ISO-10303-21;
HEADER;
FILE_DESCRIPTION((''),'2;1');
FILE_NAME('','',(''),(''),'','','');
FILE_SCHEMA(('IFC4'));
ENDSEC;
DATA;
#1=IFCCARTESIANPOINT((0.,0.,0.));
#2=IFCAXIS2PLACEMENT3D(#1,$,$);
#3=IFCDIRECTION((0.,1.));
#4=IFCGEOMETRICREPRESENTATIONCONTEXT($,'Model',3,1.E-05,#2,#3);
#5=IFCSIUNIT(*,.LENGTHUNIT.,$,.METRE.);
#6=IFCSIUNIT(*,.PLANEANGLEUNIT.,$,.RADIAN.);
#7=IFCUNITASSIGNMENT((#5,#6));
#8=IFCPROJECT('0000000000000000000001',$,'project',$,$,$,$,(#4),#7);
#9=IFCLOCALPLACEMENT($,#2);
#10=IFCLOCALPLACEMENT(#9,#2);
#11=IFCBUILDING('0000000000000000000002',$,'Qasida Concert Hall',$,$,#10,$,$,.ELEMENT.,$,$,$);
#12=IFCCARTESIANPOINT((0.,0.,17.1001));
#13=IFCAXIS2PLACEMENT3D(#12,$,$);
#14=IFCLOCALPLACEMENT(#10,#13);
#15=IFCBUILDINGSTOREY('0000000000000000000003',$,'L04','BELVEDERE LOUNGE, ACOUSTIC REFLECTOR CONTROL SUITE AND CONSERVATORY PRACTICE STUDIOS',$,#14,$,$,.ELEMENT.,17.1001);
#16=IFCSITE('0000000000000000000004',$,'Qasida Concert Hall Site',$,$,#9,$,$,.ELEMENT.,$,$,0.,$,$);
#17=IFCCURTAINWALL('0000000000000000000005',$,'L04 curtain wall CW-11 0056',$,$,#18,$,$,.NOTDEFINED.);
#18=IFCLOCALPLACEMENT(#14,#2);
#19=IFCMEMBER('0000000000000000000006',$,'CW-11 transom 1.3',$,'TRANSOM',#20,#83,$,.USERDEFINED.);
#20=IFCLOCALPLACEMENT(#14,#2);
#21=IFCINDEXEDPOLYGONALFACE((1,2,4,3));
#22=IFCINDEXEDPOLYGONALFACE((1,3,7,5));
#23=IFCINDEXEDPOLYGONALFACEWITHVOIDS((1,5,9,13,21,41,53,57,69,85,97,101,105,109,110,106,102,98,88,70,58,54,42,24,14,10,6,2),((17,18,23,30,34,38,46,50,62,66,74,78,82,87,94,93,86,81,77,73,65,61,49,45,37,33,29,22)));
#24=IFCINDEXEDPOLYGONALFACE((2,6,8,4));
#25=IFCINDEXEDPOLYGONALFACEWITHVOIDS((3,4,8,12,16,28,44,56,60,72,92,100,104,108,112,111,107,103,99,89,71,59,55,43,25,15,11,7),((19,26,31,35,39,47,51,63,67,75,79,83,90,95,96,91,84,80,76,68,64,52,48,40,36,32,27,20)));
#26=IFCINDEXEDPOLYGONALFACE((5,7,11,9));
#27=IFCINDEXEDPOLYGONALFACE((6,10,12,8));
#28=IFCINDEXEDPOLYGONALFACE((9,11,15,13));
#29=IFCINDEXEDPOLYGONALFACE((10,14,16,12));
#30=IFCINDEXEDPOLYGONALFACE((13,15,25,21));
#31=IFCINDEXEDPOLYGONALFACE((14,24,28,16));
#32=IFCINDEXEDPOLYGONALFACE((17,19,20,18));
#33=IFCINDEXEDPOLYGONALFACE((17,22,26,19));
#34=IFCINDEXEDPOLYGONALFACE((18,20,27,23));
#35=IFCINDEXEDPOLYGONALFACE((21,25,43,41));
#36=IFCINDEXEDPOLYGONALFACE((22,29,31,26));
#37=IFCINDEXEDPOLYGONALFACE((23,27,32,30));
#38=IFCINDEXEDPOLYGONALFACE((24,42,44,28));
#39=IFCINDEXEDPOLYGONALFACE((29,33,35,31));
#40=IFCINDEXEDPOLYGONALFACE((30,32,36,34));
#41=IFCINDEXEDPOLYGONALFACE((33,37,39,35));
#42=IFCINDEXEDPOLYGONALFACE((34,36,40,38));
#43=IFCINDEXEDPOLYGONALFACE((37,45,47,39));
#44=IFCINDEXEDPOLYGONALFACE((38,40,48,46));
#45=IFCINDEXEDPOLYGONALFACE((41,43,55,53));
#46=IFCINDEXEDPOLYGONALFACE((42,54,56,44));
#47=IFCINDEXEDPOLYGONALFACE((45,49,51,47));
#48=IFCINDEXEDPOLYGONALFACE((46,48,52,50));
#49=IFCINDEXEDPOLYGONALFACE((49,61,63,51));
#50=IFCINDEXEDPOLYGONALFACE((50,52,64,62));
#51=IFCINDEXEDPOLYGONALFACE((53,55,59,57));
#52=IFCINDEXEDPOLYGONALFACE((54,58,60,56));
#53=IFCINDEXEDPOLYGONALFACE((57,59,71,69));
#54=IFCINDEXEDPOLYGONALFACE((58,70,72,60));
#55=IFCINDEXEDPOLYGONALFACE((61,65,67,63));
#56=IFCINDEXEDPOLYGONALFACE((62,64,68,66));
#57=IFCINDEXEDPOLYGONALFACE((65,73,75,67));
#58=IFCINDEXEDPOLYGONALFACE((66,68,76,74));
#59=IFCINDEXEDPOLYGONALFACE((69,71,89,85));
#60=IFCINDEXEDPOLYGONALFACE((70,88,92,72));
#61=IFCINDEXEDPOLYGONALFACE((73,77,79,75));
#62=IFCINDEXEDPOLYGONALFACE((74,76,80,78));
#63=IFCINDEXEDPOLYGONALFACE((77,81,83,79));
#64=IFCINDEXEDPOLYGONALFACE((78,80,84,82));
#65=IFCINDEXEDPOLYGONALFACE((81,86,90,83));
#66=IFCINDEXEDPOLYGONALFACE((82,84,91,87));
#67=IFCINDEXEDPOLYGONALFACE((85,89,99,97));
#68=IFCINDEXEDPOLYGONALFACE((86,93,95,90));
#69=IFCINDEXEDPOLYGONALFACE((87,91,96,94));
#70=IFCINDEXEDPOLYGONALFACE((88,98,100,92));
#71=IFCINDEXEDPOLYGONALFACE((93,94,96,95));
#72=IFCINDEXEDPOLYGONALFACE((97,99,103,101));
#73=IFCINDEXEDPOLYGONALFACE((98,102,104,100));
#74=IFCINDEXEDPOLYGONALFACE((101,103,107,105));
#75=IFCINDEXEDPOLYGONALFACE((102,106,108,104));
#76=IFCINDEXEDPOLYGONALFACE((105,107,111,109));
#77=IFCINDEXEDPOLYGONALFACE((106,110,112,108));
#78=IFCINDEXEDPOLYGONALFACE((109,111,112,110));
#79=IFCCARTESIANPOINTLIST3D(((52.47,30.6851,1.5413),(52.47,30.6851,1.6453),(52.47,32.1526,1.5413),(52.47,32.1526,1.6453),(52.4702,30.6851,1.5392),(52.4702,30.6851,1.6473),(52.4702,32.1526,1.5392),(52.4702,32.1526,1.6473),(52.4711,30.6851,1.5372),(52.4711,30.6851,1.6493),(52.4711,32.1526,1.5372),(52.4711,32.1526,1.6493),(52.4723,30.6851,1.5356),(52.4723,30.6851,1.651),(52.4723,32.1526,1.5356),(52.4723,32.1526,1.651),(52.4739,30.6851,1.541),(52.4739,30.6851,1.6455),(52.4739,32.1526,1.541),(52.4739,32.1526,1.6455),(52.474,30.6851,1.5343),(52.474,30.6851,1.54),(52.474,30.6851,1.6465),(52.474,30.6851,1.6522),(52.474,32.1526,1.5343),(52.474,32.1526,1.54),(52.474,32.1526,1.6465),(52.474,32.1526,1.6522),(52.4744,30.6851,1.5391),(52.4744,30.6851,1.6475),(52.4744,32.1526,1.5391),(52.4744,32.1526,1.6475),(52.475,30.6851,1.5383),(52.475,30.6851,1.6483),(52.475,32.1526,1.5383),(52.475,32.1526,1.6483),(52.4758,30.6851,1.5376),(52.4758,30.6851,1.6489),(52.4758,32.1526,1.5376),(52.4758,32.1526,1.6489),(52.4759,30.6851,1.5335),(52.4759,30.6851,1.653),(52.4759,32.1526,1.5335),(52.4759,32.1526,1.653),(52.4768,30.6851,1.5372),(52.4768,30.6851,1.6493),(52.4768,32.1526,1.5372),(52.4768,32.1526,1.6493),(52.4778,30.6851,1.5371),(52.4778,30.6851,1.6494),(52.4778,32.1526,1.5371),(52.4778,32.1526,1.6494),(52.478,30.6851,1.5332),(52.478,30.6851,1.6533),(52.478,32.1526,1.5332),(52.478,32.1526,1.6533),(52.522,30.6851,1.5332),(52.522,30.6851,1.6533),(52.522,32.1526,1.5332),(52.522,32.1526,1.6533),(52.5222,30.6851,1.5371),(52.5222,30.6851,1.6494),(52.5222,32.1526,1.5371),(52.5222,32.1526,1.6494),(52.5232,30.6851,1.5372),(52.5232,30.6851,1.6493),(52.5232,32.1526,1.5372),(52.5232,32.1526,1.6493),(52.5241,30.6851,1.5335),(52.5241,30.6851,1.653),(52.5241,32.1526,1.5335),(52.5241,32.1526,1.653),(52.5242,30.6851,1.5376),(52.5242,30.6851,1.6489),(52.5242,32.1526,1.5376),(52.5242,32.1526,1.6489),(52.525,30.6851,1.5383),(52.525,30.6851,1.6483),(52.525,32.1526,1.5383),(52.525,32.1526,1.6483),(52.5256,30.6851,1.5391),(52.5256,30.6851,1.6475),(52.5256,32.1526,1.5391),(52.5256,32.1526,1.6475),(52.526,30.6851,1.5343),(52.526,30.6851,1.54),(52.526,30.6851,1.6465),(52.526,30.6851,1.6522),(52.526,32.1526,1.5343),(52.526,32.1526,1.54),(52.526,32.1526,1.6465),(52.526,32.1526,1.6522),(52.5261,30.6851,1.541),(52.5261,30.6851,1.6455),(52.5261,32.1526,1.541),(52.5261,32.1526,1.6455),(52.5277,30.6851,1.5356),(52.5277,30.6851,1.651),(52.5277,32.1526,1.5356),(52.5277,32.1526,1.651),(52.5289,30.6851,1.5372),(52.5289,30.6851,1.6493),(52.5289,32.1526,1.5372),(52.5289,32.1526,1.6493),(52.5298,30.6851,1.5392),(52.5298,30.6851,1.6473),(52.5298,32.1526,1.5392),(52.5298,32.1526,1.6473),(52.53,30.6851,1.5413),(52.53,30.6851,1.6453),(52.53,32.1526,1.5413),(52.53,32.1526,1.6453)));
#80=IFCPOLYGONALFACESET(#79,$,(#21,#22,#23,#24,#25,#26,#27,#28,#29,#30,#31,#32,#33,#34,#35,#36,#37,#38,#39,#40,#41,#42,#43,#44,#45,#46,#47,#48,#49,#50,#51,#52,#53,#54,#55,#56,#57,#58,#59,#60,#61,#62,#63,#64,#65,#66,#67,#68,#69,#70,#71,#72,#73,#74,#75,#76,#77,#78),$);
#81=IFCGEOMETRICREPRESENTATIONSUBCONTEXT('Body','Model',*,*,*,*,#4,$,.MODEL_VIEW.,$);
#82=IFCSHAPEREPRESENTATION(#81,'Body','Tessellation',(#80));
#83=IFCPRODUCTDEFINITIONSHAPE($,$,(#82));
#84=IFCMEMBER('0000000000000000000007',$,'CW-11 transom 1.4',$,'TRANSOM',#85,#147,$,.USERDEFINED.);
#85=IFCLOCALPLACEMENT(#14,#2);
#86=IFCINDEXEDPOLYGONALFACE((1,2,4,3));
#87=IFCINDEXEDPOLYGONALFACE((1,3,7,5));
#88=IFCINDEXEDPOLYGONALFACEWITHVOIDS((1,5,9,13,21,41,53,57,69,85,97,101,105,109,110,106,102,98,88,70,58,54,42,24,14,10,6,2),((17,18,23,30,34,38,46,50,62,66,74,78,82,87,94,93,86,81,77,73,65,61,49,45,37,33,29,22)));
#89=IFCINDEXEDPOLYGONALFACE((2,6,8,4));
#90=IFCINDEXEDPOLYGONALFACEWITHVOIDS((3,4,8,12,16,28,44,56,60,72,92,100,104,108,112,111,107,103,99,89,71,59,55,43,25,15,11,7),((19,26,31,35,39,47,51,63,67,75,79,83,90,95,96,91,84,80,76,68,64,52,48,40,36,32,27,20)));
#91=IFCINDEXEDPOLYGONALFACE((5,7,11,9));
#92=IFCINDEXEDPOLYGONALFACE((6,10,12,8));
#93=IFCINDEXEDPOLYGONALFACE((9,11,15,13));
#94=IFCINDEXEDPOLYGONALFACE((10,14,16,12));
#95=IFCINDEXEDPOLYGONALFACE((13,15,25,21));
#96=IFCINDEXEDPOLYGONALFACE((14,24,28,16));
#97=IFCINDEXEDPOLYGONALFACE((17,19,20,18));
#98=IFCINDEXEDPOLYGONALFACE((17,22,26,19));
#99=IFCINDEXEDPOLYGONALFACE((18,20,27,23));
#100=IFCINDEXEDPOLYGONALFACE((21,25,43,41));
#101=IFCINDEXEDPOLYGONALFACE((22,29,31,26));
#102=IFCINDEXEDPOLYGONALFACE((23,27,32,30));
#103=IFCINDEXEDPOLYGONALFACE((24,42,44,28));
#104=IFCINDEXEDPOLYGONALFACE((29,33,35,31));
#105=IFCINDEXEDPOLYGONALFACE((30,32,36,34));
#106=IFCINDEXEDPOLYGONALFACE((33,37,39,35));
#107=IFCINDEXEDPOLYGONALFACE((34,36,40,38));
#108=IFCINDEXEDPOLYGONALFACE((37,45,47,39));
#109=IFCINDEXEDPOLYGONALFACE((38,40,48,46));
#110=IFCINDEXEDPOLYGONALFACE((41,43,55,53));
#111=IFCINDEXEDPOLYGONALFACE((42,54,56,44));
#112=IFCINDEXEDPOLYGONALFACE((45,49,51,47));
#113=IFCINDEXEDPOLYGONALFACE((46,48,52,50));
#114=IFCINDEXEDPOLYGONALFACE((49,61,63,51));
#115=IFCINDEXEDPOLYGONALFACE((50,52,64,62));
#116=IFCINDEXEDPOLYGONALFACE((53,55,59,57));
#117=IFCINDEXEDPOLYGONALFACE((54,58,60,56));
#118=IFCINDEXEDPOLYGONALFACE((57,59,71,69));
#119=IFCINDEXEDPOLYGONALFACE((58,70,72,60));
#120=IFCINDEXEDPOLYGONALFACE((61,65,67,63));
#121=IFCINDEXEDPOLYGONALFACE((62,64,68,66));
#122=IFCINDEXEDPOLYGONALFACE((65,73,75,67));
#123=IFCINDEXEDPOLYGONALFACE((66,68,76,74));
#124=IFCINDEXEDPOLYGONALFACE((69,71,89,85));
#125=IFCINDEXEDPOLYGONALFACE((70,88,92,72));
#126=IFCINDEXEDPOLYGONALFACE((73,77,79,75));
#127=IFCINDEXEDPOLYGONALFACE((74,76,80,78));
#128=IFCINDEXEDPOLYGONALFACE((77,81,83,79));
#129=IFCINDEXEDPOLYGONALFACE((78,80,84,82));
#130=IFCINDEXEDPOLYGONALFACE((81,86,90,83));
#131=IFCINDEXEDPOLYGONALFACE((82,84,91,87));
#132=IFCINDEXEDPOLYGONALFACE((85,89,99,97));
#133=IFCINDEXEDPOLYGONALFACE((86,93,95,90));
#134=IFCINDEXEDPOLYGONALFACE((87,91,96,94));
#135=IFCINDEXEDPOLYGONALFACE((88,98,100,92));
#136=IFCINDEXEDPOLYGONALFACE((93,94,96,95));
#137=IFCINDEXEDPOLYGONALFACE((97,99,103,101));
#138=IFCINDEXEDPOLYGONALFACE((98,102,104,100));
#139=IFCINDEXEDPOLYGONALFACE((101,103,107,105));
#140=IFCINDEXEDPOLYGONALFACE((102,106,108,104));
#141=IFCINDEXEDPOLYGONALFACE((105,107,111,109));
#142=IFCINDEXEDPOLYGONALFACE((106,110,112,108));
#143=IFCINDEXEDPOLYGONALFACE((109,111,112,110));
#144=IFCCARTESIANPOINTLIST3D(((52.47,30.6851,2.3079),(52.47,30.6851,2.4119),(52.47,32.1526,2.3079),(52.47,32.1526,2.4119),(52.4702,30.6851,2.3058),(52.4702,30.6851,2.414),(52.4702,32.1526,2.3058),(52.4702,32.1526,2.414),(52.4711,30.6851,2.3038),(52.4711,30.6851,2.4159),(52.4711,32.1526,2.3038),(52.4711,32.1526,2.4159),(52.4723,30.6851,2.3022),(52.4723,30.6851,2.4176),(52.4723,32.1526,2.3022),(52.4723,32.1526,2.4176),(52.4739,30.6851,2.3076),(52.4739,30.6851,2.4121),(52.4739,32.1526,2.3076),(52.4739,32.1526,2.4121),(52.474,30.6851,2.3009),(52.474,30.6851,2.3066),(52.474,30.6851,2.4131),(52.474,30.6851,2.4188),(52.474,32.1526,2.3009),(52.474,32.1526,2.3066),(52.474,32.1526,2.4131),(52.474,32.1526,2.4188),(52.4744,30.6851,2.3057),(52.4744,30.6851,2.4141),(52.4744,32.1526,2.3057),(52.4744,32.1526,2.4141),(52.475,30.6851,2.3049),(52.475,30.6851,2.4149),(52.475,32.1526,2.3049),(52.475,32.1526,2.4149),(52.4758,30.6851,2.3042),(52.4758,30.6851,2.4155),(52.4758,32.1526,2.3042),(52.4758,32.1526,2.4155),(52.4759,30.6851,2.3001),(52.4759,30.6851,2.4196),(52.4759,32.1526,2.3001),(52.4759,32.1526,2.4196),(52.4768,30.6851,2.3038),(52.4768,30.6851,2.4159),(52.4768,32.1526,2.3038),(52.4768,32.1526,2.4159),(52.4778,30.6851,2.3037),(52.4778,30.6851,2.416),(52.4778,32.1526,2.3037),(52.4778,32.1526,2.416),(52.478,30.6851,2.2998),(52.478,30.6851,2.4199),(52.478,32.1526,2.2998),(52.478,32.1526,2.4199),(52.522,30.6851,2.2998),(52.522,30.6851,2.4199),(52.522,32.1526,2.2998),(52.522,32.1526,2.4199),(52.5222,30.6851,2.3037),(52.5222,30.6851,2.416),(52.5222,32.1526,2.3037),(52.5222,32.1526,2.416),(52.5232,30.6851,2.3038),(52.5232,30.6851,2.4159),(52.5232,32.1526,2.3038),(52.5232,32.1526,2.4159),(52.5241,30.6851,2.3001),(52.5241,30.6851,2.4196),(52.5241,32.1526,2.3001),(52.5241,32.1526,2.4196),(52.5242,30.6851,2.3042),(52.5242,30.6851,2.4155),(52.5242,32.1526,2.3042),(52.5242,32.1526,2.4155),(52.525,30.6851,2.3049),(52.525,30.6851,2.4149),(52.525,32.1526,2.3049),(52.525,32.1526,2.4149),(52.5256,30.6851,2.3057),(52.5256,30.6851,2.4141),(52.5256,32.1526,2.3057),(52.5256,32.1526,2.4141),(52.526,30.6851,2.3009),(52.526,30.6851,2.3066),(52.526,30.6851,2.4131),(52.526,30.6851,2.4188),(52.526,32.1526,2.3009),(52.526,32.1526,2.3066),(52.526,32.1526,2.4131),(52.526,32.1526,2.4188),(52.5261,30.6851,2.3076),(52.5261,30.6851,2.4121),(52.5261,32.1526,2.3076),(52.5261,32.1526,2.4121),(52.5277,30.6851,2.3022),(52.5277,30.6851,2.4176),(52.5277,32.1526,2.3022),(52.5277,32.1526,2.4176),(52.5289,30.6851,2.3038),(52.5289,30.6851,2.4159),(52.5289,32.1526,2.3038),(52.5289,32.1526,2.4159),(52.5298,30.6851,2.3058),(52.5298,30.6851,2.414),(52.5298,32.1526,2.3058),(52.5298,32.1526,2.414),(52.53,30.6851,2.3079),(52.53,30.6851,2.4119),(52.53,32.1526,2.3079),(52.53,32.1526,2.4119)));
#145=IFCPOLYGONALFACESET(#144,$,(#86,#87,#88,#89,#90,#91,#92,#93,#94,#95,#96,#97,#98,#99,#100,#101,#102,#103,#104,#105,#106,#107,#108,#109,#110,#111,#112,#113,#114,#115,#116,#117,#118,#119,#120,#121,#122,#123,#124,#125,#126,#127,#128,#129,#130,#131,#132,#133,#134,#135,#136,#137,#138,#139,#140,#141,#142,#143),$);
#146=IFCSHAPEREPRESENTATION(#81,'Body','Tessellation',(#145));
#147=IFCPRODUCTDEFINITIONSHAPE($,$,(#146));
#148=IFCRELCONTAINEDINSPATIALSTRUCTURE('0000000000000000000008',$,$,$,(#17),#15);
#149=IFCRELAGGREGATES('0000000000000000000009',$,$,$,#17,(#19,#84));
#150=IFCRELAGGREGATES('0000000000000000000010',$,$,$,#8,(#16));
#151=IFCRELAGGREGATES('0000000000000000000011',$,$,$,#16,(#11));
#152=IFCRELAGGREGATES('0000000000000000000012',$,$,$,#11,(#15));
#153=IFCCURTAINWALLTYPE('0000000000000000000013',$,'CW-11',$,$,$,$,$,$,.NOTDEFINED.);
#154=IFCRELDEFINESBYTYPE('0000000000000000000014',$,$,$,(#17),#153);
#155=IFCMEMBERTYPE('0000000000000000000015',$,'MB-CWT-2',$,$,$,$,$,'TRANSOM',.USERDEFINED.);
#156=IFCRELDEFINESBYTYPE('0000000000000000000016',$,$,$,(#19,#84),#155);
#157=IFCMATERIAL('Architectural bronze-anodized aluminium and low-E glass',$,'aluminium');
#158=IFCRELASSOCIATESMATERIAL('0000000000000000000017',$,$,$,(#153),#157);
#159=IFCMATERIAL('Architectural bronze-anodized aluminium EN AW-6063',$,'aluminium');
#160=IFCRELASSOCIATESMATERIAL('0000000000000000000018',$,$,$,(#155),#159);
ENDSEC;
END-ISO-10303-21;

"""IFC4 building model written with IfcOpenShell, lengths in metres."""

from ifc_helpers import new_model, si_unit, direction, frame, origin, origin_2d, place, context, subcontext, project, spatial, hollow_rectangle, extrude, material, material_profile, profile_set, type_object, element, aggregate, save


model = new_model("IFC4")

# Units and contexts
model_context = context("Model", 3, precision=1e-05, world=origin(), true_north=direction((0.0, 1.0)))
body_context = subcontext(model_context, "Body", "Model", "MODEL_VIEW")
ifc_project = project(units=[si_unit("LENGTHUNIT", "METRE"), si_unit("PLANEANGLEUNIT", "RADIAN")], contexts=[model_context])

# Site, building, storey
site_placement = place(None, origin())
site = spatial("IfcSite", under=ifc_project, at=site_placement, Name="Qasida Concert Hall Site", CompositionType="ELEMENT", RefElevation=0.0)
building_placement = place(site_placement, origin())
building = spatial("IfcBuilding", under=site, at=building_placement, Name="Qasida Concert Hall", CompositionType="ELEMENT")
storey_placement = place(building_placement, frame((0.0, 0.0, 17.1001)))
storey = spatial("IfcBuildingStorey", under=building, at=storey_placement, Name="L04", Description="BELVEDERE LOUNGE, ACOUSTIC REFLECTOR CONTROL SUITE AND CONSERVATORY PRACTICE STUDIOS", CompositionType="ELEMENT", Elevation=17.1001)

# Curtain wall, members
ifc_material_1 = material(Name="Architectural bronze-anodized aluminium and low-E glass", Category="aluminium")
curtain_wall_type = type_object("IfcCurtainWallType", Name="CW-11", PredefinedType="NOTDEFINED", material=ifc_material_1)
curtain_wall_placement = place(storey_placement, origin())
curtain_wall = element("IfcCurtainWall", 1, at=curtain_wall_placement, inside=storey, type_object=curtain_wall_type, Name="L04 curtain wall CW-11 0056", PredefinedType="NOTDEFINED")
ifc_material_2 = material(Name="Architectural bronze-anodized aluminium EN AW-6063", Category="aluminium")
ifc_material_profile_1 = material_profile(ifc_material_2, hollow_rectangle(XDim=0.0601, YDim=0.1201, WallThickness=0.0039, InnerFilletRadius=0.0039, OuterFilletRadius=0.0081, at=origin_2d()), Name="CWT 120x60x4")
ifc_profile_set_1 = profile_set([ifc_material_profile_1], Name="Architectural bronze-anodized aluminium EN AW-6063")
member_type_1 = type_object("IfcMemberType", Name="MB-CWT-2", ElementType="TRANSOM", PredefinedType="USERDEFINED", material=ifc_profile_set_1)
member_1_placement = place(storey_placement, frame((52.5, 30.6851, 1.5933), z_axis=(0.0, 1.0, 0.0), x_axis=(-1.0, 0.0, 0.0)))
member_1 = element("IfcMember", 2, at=member_1_placement, type_object=member_type_1, Name="CW-11 transom 1.3", ObjectType="TRANSOM", PredefinedType="USERDEFINED", context=body_context, shape_type="SweptSolid", body=[
    extrude(hollow_rectangle(XDim=0.0601, YDim=0.1201, WallThickness=0.0039, InnerFilletRadius=0.0039, OuterFilletRadius=0.0081, at=origin_2d()), origin(), (0.0, 0.0, 1.0), 1.4675),
])
member_2_placement = place(storey_placement, frame((52.5, 30.6851, 2.3599), z_axis=(0.0, 1.0, 0.0), x_axis=(-1.0, 0.0, 0.0)))
member_2 = element("IfcMember", 3, at=member_2_placement, type_object=member_type_1, Name="CW-11 transom 1.4", ObjectType="TRANSOM", PredefinedType="USERDEFINED", context=body_context, shape_type="SweptSolid", body=[
    extrude(hollow_rectangle(XDim=0.0601, YDim=0.1201, WallThickness=0.0039, InnerFilletRadius=0.0039, OuterFilletRadius=0.0081, at=origin_2d()), origin(), (0.0, 0.0, 1.0), 1.4675),
])
aggregate(curtain_wall, [member_1, member_2])

save(model, "model.ifc")
